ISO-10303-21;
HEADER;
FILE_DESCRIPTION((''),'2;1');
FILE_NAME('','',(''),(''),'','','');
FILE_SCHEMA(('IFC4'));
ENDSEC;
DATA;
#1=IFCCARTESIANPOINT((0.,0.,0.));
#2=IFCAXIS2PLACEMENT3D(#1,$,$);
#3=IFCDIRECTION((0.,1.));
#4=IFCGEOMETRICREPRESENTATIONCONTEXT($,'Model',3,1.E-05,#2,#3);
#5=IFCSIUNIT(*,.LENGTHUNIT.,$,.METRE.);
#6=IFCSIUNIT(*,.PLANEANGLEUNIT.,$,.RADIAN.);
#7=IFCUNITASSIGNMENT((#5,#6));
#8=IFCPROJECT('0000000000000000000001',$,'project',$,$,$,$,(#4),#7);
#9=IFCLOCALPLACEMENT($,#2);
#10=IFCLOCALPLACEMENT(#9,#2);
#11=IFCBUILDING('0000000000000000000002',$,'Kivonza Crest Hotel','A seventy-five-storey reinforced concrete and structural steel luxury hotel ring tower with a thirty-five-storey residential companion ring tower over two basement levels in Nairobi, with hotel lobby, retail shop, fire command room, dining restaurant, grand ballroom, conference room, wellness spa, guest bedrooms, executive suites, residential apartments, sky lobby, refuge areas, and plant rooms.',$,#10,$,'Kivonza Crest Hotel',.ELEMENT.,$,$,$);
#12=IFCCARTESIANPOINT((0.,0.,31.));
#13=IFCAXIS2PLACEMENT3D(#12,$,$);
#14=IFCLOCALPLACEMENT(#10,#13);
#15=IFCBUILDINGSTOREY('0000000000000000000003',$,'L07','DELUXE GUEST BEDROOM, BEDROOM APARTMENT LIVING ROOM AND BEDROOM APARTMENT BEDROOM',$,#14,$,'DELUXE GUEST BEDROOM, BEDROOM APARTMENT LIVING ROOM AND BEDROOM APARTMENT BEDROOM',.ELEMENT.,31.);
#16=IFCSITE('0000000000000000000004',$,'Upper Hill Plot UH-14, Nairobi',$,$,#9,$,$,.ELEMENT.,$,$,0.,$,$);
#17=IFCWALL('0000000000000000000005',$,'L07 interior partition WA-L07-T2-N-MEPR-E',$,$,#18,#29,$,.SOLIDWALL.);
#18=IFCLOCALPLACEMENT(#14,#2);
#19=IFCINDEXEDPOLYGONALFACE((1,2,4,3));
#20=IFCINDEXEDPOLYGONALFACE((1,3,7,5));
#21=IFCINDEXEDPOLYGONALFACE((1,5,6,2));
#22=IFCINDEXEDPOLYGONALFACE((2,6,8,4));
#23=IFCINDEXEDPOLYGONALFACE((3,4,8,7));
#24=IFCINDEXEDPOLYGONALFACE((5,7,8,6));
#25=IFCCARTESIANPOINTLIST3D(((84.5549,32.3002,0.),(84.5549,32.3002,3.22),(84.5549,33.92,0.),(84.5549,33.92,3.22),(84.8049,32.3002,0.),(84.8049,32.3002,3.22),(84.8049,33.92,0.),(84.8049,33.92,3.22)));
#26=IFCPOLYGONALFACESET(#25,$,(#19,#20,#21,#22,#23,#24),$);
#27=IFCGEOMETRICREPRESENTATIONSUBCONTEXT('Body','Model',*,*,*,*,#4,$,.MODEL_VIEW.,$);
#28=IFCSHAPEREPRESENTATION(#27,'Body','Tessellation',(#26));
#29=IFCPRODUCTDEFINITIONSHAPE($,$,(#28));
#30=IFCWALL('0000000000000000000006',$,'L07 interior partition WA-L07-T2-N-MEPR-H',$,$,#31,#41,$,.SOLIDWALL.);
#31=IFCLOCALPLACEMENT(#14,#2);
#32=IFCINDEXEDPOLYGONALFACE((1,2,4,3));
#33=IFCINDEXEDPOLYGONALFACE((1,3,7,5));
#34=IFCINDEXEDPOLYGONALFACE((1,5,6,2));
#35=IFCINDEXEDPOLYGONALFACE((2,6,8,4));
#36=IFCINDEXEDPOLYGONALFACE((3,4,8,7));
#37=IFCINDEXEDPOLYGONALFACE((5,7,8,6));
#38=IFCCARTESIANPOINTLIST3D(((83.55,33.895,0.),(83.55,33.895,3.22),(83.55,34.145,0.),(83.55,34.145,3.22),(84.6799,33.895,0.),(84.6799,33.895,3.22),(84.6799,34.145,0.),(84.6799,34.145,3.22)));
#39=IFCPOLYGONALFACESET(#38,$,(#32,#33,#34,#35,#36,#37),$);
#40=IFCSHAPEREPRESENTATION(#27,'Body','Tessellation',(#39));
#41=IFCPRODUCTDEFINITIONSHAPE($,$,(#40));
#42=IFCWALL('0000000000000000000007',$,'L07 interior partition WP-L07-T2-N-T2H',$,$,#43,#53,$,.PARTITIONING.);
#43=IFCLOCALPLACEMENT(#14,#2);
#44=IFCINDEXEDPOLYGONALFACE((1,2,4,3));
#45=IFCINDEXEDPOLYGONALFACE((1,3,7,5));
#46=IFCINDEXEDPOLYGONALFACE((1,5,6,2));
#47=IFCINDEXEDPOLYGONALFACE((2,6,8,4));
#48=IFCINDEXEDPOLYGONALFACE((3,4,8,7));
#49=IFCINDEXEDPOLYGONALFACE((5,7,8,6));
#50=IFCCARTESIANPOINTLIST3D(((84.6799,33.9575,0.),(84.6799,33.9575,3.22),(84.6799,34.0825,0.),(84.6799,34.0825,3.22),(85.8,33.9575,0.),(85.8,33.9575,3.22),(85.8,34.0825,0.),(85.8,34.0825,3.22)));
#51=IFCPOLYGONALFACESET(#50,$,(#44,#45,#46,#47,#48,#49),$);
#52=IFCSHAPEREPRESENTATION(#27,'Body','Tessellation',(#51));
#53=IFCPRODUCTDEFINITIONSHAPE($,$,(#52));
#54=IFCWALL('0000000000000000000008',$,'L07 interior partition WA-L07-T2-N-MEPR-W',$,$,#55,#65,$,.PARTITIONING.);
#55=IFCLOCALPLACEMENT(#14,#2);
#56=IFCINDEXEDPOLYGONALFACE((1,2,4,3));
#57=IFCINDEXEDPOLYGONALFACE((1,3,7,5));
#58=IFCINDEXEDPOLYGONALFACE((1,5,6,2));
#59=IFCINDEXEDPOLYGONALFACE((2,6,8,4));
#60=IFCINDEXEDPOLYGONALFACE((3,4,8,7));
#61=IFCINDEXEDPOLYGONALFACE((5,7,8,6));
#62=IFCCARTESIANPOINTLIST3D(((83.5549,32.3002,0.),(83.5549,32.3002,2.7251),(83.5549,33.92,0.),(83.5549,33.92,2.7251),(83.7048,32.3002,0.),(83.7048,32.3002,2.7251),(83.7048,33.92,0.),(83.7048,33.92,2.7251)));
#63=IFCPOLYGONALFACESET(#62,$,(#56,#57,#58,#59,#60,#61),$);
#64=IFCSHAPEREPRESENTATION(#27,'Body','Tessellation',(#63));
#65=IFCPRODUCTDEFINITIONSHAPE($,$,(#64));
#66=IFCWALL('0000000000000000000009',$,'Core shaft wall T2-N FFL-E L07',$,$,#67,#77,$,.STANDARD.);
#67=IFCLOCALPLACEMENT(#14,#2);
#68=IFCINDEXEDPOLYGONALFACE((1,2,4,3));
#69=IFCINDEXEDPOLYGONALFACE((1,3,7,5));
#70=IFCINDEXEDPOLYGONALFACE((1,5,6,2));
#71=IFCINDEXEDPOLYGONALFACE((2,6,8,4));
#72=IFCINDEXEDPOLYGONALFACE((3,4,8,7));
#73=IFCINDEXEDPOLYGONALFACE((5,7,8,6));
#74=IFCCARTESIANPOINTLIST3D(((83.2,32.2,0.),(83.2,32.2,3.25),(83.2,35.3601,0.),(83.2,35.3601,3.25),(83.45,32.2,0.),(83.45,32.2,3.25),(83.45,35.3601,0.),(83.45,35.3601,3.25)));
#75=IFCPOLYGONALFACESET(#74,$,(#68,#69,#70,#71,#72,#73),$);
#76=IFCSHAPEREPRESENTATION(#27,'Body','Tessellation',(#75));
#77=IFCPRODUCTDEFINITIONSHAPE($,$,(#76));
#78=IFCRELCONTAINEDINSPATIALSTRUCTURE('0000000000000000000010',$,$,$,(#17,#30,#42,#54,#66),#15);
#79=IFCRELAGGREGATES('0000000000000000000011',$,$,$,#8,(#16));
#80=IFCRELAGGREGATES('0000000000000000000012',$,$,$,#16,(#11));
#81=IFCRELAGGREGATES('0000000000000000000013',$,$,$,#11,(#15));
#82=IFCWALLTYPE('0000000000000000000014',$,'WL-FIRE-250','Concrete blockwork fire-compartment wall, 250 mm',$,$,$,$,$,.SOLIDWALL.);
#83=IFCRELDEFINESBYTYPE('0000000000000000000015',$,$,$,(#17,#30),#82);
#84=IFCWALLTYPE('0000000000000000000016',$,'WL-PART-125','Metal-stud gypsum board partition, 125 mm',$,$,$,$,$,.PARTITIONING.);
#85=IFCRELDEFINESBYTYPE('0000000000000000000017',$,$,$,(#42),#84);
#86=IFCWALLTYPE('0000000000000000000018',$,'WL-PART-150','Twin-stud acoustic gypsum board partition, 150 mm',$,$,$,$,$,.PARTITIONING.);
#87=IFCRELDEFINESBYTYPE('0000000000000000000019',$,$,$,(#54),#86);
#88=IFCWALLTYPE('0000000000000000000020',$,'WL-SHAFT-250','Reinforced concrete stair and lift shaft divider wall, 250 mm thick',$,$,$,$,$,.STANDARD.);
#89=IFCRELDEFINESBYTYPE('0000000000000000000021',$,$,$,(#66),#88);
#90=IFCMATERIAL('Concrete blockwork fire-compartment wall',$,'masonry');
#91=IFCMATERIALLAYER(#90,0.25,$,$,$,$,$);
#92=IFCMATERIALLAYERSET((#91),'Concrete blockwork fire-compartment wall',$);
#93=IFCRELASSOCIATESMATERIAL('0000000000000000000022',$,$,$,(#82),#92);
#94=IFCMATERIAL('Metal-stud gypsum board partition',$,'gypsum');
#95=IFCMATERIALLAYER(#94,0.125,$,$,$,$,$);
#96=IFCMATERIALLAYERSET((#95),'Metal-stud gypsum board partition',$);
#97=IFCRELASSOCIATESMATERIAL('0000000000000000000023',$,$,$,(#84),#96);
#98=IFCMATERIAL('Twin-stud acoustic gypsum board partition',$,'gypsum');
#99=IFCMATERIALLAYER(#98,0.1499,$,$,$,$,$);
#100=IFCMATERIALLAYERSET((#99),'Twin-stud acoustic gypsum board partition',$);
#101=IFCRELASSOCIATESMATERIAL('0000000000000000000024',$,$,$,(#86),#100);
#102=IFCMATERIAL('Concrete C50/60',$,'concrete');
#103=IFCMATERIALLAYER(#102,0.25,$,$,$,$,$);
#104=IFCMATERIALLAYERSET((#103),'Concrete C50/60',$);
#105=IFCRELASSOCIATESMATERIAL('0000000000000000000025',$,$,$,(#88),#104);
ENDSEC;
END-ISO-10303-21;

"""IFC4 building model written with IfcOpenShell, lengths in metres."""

from ifc_helpers import new_model, si_unit, direction, frame, frame_2d, origin, place, context, subcontext, project, spatial, rectangle, extrude, material, layer, layer_set, type_object, element, save


model = new_model("IFC4")

# Units and contexts
model_context = context("Model", 3, precision=1e-05, world=origin(), true_north=direction((0.0, 1.0)))
body_context = subcontext(model_context, "Body", "Model", "MODEL_VIEW")
ifc_project = project(units=[si_unit("LENGTHUNIT", "METRE"), si_unit("PLANEANGLEUNIT", "RADIAN")], contexts=[model_context])

# Site, building, storey
site_placement = place(None, origin())
site = spatial("IfcSite", under=ifc_project, at=site_placement, Name="Upper Hill Plot UH-14, Nairobi", CompositionType="ELEMENT", RefElevation=0.0)
building_placement = place(site_placement, origin())
building = spatial("IfcBuilding", under=site, at=building_placement, Name="Kivonza Crest Hotel", Description="A seventy-five-storey reinforced concrete and structural steel luxury hotel ring tower with a thirty-five-storey residential companion ring tower over two basement levels in Nairobi, with hotel lobby, retail shop, fire command room, dining restaurant, grand ballroom, conference room, wellness spa, guest bedrooms, executive suites, residential apartments, sky lobby, refuge areas, and plant rooms.", LongName="Kivonza Crest Hotel", CompositionType="ELEMENT")
storey_placement = place(building_placement, frame((0.0, 0.0, 31.0)))
storey = spatial("IfcBuildingStorey", under=building, at=storey_placement, Name="L07", Description="DELUXE GUEST BEDROOM, BEDROOM APARTMENT LIVING ROOM AND BEDROOM APARTMENT BEDROOM", LongName="DELUXE GUEST BEDROOM, BEDROOM APARTMENT LIVING ROOM AND BEDROOM APARTMENT BEDROOM", CompositionType="ELEMENT", Elevation=31.0)

# Shared definitions
ifc_material_1 = material(Name="Concrete C50/60", Category="concrete")

# Walls
ifc_material_2 = material(Name="Concrete blockwork fire-compartment wall", Category="masonry")
ifc_layer_1 = layer(ifc_material_2, 0.25)
ifc_layer_set_1 = layer_set([ifc_layer_1], Name="Concrete blockwork fire-compartment wall")
wall_type_1 = type_object("IfcWallType", Name="WL-FIRE-250", Description="Concrete blockwork fire-compartment wall, 250 mm", PredefinedType="SOLIDWALL", material=ifc_layer_set_1)
wall_1_placement = place(storey_placement, frame((84.6799, 32.3, 0.0), z_axis=(0.0, 0.0, 1.0), x_axis=(0.0, 1.0, 0.0)))
element("IfcWall", 1, at=wall_1_placement, inside=storey, type_object=wall_type_1, Name="L07 interior partition WA-L07-T2-N-MEPR-E", PredefinedType="SOLIDWALL", context=body_context, shape_type="SweptSolid", body=[
    extrude(rectangle(XDim=1.6199, YDim=0.25, at=frame_2d((0.8101, 0.0))), origin(), (0.0, 0.0, 1.0), 3.22),
])
wall_2_placement = place(storey_placement, frame((83.55, 34.02, 0.0), z_axis=(0.0, 0.0, 1.0), x_axis=(1.0, 0.0, 0.0)))
element("IfcWall", 2, at=wall_2_placement, inside=storey, type_object=wall_type_1, Name="L07 interior partition WA-L07-T2-N-MEPR-H", PredefinedType="SOLIDWALL", context=body_context, shape_type="SweptSolid", body=[
    extrude(rectangle(XDim=1.1299, YDim=0.25, at=frame_2d((0.5649, 0.0))), origin(), (0.0, 0.0, 1.0), 3.22),
])
ifc_material_3 = material(Name="Metal-stud gypsum board partition", Category="gypsum")
ifc_layer_2 = layer(ifc_material_3, 0.125)
ifc_layer_set_2 = layer_set([ifc_layer_2], Name="Metal-stud gypsum board partition")
wall_type_2 = type_object("IfcWallType", Name="WL-PART-125", Description="Metal-stud gypsum board partition, 125 mm", PredefinedType="PARTITIONING", material=ifc_layer_set_2)
wall_3_placement = place(storey_placement, frame((84.6799, 34.02, 0.0), z_axis=(0.0, 0.0, 1.0), x_axis=(1.0, 0.0, 0.0)))
element("IfcWall", 3, at=wall_3_placement, inside=storey, type_object=wall_type_2, Name="L07 interior partition WP-L07-T2-N-T2H", PredefinedType="PARTITIONING", context=body_context, shape_type="SweptSolid", body=[
    extrude(rectangle(XDim=1.1201, YDim=0.125, at=frame_2d((0.5601, 0.0))), origin(), (0.0, 0.0, 1.0), 3.22),
])
ifc_material_4 = material(Name="Twin-stud acoustic gypsum board partition", Category="gypsum")
ifc_layer_3 = layer(ifc_material_4, 0.1499)
ifc_layer_set_3 = layer_set([ifc_layer_3], Name="Twin-stud acoustic gypsum board partition")
wall_type_3 = type_object("IfcWallType", Name="WL-PART-150", Description="Twin-stud acoustic gypsum board partition, 150 mm", PredefinedType="PARTITIONING", material=ifc_layer_set_3)
wall_4_placement = place(storey_placement, frame((83.6299, 32.3, 0.0), z_axis=(0.0, 0.0, 1.0), x_axis=(0.0, 1.0, 0.0)))
element("IfcWall", 4, at=wall_4_placement, inside=storey, type_object=wall_type_3, Name="L07 interior partition WA-L07-T2-N-MEPR-W", PredefinedType="PARTITIONING", context=body_context, shape_type="SweptSolid", body=[
    extrude(rectangle(XDim=1.6199, YDim=0.1499, at=frame_2d((0.8101, 0.0))), origin(), (0.0, 0.0, 1.0), 2.7251),
])

# Shared definitions
ifc_layer_4 = layer(ifc_material_1, 0.25)
ifc_layer_set_4 = layer_set([ifc_layer_4], Name="Concrete C50/60")
wall_type_4 = type_object("IfcWallType", Name="WL-SHAFT-250", Description="Reinforced concrete stair and lift shaft divider wall, 250 mm thick", PredefinedType="STANDARD", material=ifc_layer_set_4)

# Wall
wall_5_placement = place(storey_placement, frame((83.325, 32.2, 0.0), z_axis=(0.0, 0.0, 1.0), x_axis=(0.0, 1.0, 0.0)))
element("IfcWall", 5, at=wall_5_placement, inside=storey, type_object=wall_type_4, Name="Core shaft wall T2-N FFL-E L07", PredefinedType="STANDARD", context=body_context, shape_type="SweptSolid", body=[
    extrude(rectangle(XDim=3.1602, YDim=0.25, at=frame_2d((1.5801, 0.0))), origin(), (0.0, 0.0, 1.0), 3.25),
])

save(model, "model.ifc")
